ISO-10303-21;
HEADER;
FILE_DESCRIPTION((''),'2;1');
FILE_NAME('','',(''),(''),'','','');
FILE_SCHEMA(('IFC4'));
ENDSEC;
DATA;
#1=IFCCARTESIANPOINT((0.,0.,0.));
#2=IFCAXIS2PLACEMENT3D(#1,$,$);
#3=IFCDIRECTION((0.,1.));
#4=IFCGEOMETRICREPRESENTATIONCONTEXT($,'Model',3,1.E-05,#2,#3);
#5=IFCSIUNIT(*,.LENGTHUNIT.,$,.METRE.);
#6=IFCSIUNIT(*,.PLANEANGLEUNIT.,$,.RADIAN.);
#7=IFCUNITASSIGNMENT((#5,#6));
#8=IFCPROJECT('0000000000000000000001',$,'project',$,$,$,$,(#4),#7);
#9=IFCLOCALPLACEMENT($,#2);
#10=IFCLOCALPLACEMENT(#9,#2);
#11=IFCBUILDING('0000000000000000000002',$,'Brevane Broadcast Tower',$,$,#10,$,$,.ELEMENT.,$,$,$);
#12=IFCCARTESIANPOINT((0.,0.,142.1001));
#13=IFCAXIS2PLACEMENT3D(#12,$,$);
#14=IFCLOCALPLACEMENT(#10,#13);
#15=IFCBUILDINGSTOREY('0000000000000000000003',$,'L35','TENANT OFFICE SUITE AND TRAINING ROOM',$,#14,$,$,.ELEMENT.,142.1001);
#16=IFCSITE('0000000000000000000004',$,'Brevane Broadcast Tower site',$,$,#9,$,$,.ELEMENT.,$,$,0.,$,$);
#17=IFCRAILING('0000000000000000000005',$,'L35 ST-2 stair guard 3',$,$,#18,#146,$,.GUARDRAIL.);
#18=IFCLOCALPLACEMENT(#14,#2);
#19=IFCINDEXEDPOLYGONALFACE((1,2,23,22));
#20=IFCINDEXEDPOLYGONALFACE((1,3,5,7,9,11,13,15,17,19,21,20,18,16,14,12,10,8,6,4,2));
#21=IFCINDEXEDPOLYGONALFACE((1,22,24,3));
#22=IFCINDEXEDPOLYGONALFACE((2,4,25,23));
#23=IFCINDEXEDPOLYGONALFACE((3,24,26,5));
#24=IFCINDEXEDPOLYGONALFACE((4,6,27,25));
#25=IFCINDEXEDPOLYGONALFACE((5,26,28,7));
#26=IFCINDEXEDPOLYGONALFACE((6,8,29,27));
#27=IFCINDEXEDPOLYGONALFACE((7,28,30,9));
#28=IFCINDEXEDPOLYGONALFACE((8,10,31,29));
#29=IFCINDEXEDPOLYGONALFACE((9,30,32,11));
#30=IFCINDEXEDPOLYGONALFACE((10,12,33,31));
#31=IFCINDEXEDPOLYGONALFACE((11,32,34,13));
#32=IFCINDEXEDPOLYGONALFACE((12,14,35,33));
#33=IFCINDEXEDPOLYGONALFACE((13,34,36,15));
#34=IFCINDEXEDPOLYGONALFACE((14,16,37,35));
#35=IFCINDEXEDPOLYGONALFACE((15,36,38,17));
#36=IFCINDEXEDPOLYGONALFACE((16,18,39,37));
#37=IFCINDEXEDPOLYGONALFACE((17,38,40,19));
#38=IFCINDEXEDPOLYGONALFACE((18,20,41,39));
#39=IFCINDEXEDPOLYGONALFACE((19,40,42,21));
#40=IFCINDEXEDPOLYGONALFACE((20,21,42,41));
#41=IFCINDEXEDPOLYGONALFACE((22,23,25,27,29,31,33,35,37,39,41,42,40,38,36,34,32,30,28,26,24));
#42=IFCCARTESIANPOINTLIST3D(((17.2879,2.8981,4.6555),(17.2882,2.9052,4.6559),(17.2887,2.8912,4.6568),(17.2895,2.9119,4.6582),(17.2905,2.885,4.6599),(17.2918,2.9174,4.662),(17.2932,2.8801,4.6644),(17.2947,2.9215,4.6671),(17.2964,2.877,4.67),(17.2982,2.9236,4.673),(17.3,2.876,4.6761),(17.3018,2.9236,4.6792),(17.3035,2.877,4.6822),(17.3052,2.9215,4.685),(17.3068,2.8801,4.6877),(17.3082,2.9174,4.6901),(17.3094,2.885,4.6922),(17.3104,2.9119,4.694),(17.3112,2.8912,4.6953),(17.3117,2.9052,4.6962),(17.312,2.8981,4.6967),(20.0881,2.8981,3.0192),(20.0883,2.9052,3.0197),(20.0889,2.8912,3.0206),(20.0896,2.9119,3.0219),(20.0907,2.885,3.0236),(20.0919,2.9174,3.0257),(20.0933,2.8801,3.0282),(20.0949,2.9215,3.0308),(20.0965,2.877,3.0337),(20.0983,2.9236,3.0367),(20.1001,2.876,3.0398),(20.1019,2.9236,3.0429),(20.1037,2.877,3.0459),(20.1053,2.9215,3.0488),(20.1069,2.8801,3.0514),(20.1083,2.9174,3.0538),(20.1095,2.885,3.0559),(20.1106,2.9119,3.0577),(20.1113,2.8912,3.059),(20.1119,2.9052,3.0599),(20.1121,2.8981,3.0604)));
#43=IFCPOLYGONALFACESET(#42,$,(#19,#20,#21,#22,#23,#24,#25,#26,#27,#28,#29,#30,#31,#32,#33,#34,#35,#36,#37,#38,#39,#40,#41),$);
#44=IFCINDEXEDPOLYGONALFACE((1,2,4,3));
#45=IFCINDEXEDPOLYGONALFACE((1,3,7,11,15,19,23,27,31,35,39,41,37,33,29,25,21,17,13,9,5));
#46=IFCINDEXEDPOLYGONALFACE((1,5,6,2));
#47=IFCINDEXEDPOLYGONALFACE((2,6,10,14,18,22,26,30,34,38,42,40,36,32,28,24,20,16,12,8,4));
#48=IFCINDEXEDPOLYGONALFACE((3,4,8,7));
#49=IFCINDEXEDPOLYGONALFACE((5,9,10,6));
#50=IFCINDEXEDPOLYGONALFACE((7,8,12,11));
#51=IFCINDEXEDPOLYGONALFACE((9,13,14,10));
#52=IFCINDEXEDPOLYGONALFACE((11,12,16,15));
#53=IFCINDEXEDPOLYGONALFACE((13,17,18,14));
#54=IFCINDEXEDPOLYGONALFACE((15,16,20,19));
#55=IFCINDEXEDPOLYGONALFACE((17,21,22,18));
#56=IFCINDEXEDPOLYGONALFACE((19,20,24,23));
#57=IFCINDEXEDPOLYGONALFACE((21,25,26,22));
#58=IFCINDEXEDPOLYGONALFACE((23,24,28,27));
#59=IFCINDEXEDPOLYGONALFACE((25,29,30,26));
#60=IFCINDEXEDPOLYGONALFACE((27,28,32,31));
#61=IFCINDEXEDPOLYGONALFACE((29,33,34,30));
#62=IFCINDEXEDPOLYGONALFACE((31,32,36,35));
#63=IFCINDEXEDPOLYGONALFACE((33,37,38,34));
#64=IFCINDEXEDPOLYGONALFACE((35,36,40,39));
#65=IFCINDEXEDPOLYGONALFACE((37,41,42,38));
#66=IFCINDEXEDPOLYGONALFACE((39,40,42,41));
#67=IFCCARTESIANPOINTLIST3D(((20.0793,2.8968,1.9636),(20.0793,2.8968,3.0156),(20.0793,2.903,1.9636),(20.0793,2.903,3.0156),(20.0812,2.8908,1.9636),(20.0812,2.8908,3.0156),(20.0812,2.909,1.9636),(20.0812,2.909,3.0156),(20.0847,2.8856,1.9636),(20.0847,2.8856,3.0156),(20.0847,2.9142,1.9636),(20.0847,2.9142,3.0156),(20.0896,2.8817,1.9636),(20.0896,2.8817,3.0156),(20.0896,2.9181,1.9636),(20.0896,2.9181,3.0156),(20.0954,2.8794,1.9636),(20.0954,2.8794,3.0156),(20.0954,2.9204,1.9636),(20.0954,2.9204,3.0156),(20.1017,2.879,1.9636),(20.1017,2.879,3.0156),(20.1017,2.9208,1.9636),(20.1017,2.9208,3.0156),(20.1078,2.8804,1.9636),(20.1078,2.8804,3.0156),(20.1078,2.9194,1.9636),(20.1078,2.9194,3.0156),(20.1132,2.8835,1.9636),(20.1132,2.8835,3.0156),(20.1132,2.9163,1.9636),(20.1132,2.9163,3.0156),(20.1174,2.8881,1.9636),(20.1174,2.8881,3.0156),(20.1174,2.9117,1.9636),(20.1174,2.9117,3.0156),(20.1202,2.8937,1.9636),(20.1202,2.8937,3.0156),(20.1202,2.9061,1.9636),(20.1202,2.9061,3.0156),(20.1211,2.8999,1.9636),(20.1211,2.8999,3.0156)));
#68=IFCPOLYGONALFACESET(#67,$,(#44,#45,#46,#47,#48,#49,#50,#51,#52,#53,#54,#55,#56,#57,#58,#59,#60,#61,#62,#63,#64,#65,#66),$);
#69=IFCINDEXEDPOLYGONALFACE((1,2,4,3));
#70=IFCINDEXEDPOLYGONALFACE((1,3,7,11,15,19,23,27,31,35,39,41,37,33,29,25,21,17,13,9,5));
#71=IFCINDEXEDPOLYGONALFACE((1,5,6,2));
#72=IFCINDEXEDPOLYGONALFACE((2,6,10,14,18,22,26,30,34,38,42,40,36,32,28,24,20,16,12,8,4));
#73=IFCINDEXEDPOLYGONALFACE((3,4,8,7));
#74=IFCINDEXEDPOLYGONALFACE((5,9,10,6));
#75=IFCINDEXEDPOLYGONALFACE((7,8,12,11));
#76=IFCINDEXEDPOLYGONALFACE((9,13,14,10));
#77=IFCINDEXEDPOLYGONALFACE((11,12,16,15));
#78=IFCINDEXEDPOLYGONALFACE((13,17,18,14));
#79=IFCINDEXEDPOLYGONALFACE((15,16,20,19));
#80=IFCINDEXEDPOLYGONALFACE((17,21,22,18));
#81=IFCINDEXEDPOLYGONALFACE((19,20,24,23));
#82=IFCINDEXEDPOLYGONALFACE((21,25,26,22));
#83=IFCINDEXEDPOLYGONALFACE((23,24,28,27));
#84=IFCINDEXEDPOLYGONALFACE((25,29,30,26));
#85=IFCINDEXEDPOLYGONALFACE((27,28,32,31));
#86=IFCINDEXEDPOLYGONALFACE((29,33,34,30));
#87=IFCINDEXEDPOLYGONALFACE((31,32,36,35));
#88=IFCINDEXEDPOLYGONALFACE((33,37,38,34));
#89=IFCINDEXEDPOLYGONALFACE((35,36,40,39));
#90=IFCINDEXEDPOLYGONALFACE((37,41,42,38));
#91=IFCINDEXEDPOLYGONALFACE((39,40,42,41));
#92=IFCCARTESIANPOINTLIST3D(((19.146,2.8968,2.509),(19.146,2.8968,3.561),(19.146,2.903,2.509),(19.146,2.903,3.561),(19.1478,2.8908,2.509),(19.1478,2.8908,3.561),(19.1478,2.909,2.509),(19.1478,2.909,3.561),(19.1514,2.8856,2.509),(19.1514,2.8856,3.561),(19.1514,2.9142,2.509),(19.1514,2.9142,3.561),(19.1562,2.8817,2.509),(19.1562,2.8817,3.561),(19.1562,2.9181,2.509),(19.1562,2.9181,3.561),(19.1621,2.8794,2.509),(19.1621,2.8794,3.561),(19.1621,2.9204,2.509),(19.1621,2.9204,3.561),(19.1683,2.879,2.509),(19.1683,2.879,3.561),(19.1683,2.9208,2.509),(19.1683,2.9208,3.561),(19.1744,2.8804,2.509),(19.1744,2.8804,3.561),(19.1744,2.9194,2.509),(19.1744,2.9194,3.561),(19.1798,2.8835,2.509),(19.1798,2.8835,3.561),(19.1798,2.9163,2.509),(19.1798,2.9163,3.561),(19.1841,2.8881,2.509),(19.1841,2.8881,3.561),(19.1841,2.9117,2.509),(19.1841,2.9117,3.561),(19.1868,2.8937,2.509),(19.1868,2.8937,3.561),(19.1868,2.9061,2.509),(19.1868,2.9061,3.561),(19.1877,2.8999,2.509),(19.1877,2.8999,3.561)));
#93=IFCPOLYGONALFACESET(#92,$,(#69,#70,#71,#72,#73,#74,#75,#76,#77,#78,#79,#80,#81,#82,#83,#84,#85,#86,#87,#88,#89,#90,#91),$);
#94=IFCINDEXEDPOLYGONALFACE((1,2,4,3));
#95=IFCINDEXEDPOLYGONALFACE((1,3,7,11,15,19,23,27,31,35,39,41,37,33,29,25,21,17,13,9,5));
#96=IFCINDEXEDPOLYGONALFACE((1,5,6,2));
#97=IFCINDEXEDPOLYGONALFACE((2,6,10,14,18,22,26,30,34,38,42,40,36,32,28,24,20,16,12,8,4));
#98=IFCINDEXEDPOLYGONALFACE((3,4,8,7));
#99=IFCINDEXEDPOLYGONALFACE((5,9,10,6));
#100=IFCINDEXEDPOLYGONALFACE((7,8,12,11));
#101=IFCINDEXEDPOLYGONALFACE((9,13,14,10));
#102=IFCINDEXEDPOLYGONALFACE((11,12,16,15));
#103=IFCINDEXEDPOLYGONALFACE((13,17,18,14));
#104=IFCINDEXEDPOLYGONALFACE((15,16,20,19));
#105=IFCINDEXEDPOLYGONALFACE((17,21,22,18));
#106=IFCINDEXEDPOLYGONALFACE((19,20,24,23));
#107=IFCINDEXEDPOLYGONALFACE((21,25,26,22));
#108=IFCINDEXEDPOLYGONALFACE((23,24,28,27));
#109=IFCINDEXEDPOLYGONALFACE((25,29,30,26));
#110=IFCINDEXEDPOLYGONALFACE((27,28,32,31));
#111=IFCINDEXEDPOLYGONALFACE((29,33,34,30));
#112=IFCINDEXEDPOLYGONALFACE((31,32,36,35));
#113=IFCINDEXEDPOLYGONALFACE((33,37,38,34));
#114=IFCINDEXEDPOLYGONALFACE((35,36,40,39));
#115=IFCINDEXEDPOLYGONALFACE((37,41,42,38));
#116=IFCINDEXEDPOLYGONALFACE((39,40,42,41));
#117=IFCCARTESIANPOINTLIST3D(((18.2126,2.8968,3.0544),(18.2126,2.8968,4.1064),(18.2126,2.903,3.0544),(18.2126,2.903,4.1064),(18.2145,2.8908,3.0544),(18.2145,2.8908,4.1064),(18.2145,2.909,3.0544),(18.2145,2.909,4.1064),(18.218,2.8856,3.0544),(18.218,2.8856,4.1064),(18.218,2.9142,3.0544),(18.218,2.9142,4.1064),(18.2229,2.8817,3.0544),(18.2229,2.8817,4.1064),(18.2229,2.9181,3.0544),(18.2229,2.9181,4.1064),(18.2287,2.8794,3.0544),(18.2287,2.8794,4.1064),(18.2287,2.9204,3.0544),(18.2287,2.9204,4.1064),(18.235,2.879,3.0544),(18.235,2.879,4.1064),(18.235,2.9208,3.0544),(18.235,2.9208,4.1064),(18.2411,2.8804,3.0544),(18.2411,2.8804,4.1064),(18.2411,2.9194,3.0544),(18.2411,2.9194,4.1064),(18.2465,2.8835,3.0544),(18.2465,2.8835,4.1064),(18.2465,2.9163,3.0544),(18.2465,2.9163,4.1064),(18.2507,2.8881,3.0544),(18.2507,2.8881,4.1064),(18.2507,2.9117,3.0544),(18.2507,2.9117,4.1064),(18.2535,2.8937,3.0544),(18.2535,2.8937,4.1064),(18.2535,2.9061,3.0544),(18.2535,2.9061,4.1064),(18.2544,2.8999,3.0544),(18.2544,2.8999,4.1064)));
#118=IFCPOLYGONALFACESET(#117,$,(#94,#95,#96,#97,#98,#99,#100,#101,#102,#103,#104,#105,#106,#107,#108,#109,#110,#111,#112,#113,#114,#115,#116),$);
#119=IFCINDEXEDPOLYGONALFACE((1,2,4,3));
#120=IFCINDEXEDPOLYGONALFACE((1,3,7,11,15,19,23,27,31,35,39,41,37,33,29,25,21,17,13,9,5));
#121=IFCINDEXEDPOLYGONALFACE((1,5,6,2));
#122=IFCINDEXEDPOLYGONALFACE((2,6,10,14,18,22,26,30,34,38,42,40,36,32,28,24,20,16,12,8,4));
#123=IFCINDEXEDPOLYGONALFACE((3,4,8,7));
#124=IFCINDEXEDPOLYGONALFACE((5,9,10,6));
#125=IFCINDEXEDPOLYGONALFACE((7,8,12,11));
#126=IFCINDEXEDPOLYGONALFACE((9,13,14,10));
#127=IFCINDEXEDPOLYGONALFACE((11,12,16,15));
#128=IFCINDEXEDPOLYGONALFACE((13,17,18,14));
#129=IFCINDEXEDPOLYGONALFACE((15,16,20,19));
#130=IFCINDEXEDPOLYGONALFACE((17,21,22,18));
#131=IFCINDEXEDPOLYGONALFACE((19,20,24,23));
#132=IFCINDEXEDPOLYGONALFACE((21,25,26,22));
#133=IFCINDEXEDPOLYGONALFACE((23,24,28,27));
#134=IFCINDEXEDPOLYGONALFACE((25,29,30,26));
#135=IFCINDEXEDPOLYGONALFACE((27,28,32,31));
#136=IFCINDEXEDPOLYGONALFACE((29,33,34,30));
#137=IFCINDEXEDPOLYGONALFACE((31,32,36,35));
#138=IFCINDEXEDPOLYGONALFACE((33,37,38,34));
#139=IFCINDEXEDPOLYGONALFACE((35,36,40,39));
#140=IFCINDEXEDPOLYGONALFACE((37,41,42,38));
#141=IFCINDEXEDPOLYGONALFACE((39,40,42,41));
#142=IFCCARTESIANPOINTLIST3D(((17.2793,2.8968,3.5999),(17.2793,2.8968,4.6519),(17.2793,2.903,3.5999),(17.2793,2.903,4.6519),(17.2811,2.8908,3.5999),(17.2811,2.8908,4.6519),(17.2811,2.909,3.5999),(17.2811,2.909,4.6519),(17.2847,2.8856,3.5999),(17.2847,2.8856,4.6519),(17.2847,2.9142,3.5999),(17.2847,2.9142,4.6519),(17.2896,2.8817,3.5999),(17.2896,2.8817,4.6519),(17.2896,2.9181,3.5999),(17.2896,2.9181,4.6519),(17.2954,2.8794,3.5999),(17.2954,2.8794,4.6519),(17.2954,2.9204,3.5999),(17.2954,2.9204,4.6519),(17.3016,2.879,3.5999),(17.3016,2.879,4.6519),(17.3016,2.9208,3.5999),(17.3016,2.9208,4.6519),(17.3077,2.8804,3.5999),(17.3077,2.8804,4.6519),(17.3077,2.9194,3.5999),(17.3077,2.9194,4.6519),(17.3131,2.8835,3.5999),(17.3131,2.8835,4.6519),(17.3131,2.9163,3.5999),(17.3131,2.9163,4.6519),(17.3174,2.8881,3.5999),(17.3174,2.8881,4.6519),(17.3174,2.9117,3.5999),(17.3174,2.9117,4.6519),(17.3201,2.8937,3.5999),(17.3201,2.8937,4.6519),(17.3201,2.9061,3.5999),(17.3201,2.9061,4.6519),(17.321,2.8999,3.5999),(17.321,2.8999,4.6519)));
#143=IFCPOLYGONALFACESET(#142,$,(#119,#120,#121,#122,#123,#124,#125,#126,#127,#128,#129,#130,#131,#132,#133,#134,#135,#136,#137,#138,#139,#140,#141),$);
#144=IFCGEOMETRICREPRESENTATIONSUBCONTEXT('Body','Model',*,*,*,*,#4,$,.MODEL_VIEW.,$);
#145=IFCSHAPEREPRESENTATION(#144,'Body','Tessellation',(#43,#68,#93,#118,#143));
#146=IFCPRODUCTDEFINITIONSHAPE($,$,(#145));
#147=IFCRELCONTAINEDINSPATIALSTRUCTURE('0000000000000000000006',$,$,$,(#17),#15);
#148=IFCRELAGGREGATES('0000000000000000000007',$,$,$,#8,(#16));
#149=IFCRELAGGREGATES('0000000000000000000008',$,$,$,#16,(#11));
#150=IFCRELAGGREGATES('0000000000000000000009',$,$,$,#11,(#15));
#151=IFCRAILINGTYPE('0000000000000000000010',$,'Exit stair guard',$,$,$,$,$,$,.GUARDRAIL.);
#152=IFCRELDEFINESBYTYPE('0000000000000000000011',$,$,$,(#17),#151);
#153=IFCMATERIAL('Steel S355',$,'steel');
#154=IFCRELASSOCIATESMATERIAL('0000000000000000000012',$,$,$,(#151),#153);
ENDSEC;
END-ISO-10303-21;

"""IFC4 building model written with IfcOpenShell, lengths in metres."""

from ifc_helpers import new_model, si_unit, direction, frame, origin, origin_2d, place, context, subcontext, project, spatial, circle, extrude, material, type_object, element, save


model = new_model("IFC4")

# Units and contexts
model_context = context("Model", 3, precision=1e-05, world=origin(), true_north=direction((0.0, 1.0)))
body_context = subcontext(model_context, "Body", "Model", "MODEL_VIEW")
ifc_project = project(units=[si_unit("LENGTHUNIT", "METRE"), si_unit("PLANEANGLEUNIT", "RADIAN")], contexts=[model_context])

# Site, building, storey
site_placement = place(None, origin())
site = spatial("IfcSite", under=ifc_project, at=site_placement, Name="Brevane Broadcast Tower site", CompositionType="ELEMENT", RefElevation=0.0)
building_placement = place(site_placement, origin())
building = spatial("IfcBuilding", under=site, at=building_placement, Name="Brevane Broadcast Tower", CompositionType="ELEMENT")
storey_placement = place(building_placement, frame((0.0, 0.0, 142.1001)))
storey = spatial("IfcBuildingStorey", under=building, at=storey_placement, Name="L35", Description="TENANT OFFICE SUITE AND TRAINING ROOM", CompositionType="ELEMENT", Elevation=142.1001)

# Railing
ifc_material_1 = material(Name="Steel S355", Category="steel")
railing_type_1 = type_object("IfcRailingType", Name="Exit stair guard", PredefinedType="GUARDRAIL", material=ifc_material_1)
railing_1_placement = place(storey_placement, frame((20.1001, 2.8999, 1.9636)))
element("IfcRailing", 1, at=railing_1_placement, inside=storey, type_object=railing_type_1, Name="L35 ST-2 stair guard 3", PredefinedType="GUARDRAIL", context=body_context, shape_type="SweptSolid", body=[
    extrude(circle(Radius=0.0239, at=origin_2d()), frame((0.0, 0.0, 1.0762), z_axis=(-0.863394, 0.0, 0.504531), x_axis=(0.0, -1.0, 0.0)), (0.0, 0.0, 1.0), 3.2432),
    extrude(circle(Radius=0.021, at=origin_2d()), origin(), (0.0, 0.0, 1.0), 1.052),
    extrude(circle(Radius=0.021, at=origin_2d()), frame((-0.9333, 0.0, 0.5454)), (0.0, 0.0, 1.0), 1.052),
    extrude(circle(Radius=0.021, at=origin_2d()), frame((-1.8667, 0.0, 1.0908)), (0.0, 0.0, 1.0), 1.052),
    extrude(circle(Radius=0.021, at=origin_2d()), frame((-2.8, 0.0, 1.6362)), (0.0, 0.0, 1.0), 1.052),
])

save(model, "model.ifc")
